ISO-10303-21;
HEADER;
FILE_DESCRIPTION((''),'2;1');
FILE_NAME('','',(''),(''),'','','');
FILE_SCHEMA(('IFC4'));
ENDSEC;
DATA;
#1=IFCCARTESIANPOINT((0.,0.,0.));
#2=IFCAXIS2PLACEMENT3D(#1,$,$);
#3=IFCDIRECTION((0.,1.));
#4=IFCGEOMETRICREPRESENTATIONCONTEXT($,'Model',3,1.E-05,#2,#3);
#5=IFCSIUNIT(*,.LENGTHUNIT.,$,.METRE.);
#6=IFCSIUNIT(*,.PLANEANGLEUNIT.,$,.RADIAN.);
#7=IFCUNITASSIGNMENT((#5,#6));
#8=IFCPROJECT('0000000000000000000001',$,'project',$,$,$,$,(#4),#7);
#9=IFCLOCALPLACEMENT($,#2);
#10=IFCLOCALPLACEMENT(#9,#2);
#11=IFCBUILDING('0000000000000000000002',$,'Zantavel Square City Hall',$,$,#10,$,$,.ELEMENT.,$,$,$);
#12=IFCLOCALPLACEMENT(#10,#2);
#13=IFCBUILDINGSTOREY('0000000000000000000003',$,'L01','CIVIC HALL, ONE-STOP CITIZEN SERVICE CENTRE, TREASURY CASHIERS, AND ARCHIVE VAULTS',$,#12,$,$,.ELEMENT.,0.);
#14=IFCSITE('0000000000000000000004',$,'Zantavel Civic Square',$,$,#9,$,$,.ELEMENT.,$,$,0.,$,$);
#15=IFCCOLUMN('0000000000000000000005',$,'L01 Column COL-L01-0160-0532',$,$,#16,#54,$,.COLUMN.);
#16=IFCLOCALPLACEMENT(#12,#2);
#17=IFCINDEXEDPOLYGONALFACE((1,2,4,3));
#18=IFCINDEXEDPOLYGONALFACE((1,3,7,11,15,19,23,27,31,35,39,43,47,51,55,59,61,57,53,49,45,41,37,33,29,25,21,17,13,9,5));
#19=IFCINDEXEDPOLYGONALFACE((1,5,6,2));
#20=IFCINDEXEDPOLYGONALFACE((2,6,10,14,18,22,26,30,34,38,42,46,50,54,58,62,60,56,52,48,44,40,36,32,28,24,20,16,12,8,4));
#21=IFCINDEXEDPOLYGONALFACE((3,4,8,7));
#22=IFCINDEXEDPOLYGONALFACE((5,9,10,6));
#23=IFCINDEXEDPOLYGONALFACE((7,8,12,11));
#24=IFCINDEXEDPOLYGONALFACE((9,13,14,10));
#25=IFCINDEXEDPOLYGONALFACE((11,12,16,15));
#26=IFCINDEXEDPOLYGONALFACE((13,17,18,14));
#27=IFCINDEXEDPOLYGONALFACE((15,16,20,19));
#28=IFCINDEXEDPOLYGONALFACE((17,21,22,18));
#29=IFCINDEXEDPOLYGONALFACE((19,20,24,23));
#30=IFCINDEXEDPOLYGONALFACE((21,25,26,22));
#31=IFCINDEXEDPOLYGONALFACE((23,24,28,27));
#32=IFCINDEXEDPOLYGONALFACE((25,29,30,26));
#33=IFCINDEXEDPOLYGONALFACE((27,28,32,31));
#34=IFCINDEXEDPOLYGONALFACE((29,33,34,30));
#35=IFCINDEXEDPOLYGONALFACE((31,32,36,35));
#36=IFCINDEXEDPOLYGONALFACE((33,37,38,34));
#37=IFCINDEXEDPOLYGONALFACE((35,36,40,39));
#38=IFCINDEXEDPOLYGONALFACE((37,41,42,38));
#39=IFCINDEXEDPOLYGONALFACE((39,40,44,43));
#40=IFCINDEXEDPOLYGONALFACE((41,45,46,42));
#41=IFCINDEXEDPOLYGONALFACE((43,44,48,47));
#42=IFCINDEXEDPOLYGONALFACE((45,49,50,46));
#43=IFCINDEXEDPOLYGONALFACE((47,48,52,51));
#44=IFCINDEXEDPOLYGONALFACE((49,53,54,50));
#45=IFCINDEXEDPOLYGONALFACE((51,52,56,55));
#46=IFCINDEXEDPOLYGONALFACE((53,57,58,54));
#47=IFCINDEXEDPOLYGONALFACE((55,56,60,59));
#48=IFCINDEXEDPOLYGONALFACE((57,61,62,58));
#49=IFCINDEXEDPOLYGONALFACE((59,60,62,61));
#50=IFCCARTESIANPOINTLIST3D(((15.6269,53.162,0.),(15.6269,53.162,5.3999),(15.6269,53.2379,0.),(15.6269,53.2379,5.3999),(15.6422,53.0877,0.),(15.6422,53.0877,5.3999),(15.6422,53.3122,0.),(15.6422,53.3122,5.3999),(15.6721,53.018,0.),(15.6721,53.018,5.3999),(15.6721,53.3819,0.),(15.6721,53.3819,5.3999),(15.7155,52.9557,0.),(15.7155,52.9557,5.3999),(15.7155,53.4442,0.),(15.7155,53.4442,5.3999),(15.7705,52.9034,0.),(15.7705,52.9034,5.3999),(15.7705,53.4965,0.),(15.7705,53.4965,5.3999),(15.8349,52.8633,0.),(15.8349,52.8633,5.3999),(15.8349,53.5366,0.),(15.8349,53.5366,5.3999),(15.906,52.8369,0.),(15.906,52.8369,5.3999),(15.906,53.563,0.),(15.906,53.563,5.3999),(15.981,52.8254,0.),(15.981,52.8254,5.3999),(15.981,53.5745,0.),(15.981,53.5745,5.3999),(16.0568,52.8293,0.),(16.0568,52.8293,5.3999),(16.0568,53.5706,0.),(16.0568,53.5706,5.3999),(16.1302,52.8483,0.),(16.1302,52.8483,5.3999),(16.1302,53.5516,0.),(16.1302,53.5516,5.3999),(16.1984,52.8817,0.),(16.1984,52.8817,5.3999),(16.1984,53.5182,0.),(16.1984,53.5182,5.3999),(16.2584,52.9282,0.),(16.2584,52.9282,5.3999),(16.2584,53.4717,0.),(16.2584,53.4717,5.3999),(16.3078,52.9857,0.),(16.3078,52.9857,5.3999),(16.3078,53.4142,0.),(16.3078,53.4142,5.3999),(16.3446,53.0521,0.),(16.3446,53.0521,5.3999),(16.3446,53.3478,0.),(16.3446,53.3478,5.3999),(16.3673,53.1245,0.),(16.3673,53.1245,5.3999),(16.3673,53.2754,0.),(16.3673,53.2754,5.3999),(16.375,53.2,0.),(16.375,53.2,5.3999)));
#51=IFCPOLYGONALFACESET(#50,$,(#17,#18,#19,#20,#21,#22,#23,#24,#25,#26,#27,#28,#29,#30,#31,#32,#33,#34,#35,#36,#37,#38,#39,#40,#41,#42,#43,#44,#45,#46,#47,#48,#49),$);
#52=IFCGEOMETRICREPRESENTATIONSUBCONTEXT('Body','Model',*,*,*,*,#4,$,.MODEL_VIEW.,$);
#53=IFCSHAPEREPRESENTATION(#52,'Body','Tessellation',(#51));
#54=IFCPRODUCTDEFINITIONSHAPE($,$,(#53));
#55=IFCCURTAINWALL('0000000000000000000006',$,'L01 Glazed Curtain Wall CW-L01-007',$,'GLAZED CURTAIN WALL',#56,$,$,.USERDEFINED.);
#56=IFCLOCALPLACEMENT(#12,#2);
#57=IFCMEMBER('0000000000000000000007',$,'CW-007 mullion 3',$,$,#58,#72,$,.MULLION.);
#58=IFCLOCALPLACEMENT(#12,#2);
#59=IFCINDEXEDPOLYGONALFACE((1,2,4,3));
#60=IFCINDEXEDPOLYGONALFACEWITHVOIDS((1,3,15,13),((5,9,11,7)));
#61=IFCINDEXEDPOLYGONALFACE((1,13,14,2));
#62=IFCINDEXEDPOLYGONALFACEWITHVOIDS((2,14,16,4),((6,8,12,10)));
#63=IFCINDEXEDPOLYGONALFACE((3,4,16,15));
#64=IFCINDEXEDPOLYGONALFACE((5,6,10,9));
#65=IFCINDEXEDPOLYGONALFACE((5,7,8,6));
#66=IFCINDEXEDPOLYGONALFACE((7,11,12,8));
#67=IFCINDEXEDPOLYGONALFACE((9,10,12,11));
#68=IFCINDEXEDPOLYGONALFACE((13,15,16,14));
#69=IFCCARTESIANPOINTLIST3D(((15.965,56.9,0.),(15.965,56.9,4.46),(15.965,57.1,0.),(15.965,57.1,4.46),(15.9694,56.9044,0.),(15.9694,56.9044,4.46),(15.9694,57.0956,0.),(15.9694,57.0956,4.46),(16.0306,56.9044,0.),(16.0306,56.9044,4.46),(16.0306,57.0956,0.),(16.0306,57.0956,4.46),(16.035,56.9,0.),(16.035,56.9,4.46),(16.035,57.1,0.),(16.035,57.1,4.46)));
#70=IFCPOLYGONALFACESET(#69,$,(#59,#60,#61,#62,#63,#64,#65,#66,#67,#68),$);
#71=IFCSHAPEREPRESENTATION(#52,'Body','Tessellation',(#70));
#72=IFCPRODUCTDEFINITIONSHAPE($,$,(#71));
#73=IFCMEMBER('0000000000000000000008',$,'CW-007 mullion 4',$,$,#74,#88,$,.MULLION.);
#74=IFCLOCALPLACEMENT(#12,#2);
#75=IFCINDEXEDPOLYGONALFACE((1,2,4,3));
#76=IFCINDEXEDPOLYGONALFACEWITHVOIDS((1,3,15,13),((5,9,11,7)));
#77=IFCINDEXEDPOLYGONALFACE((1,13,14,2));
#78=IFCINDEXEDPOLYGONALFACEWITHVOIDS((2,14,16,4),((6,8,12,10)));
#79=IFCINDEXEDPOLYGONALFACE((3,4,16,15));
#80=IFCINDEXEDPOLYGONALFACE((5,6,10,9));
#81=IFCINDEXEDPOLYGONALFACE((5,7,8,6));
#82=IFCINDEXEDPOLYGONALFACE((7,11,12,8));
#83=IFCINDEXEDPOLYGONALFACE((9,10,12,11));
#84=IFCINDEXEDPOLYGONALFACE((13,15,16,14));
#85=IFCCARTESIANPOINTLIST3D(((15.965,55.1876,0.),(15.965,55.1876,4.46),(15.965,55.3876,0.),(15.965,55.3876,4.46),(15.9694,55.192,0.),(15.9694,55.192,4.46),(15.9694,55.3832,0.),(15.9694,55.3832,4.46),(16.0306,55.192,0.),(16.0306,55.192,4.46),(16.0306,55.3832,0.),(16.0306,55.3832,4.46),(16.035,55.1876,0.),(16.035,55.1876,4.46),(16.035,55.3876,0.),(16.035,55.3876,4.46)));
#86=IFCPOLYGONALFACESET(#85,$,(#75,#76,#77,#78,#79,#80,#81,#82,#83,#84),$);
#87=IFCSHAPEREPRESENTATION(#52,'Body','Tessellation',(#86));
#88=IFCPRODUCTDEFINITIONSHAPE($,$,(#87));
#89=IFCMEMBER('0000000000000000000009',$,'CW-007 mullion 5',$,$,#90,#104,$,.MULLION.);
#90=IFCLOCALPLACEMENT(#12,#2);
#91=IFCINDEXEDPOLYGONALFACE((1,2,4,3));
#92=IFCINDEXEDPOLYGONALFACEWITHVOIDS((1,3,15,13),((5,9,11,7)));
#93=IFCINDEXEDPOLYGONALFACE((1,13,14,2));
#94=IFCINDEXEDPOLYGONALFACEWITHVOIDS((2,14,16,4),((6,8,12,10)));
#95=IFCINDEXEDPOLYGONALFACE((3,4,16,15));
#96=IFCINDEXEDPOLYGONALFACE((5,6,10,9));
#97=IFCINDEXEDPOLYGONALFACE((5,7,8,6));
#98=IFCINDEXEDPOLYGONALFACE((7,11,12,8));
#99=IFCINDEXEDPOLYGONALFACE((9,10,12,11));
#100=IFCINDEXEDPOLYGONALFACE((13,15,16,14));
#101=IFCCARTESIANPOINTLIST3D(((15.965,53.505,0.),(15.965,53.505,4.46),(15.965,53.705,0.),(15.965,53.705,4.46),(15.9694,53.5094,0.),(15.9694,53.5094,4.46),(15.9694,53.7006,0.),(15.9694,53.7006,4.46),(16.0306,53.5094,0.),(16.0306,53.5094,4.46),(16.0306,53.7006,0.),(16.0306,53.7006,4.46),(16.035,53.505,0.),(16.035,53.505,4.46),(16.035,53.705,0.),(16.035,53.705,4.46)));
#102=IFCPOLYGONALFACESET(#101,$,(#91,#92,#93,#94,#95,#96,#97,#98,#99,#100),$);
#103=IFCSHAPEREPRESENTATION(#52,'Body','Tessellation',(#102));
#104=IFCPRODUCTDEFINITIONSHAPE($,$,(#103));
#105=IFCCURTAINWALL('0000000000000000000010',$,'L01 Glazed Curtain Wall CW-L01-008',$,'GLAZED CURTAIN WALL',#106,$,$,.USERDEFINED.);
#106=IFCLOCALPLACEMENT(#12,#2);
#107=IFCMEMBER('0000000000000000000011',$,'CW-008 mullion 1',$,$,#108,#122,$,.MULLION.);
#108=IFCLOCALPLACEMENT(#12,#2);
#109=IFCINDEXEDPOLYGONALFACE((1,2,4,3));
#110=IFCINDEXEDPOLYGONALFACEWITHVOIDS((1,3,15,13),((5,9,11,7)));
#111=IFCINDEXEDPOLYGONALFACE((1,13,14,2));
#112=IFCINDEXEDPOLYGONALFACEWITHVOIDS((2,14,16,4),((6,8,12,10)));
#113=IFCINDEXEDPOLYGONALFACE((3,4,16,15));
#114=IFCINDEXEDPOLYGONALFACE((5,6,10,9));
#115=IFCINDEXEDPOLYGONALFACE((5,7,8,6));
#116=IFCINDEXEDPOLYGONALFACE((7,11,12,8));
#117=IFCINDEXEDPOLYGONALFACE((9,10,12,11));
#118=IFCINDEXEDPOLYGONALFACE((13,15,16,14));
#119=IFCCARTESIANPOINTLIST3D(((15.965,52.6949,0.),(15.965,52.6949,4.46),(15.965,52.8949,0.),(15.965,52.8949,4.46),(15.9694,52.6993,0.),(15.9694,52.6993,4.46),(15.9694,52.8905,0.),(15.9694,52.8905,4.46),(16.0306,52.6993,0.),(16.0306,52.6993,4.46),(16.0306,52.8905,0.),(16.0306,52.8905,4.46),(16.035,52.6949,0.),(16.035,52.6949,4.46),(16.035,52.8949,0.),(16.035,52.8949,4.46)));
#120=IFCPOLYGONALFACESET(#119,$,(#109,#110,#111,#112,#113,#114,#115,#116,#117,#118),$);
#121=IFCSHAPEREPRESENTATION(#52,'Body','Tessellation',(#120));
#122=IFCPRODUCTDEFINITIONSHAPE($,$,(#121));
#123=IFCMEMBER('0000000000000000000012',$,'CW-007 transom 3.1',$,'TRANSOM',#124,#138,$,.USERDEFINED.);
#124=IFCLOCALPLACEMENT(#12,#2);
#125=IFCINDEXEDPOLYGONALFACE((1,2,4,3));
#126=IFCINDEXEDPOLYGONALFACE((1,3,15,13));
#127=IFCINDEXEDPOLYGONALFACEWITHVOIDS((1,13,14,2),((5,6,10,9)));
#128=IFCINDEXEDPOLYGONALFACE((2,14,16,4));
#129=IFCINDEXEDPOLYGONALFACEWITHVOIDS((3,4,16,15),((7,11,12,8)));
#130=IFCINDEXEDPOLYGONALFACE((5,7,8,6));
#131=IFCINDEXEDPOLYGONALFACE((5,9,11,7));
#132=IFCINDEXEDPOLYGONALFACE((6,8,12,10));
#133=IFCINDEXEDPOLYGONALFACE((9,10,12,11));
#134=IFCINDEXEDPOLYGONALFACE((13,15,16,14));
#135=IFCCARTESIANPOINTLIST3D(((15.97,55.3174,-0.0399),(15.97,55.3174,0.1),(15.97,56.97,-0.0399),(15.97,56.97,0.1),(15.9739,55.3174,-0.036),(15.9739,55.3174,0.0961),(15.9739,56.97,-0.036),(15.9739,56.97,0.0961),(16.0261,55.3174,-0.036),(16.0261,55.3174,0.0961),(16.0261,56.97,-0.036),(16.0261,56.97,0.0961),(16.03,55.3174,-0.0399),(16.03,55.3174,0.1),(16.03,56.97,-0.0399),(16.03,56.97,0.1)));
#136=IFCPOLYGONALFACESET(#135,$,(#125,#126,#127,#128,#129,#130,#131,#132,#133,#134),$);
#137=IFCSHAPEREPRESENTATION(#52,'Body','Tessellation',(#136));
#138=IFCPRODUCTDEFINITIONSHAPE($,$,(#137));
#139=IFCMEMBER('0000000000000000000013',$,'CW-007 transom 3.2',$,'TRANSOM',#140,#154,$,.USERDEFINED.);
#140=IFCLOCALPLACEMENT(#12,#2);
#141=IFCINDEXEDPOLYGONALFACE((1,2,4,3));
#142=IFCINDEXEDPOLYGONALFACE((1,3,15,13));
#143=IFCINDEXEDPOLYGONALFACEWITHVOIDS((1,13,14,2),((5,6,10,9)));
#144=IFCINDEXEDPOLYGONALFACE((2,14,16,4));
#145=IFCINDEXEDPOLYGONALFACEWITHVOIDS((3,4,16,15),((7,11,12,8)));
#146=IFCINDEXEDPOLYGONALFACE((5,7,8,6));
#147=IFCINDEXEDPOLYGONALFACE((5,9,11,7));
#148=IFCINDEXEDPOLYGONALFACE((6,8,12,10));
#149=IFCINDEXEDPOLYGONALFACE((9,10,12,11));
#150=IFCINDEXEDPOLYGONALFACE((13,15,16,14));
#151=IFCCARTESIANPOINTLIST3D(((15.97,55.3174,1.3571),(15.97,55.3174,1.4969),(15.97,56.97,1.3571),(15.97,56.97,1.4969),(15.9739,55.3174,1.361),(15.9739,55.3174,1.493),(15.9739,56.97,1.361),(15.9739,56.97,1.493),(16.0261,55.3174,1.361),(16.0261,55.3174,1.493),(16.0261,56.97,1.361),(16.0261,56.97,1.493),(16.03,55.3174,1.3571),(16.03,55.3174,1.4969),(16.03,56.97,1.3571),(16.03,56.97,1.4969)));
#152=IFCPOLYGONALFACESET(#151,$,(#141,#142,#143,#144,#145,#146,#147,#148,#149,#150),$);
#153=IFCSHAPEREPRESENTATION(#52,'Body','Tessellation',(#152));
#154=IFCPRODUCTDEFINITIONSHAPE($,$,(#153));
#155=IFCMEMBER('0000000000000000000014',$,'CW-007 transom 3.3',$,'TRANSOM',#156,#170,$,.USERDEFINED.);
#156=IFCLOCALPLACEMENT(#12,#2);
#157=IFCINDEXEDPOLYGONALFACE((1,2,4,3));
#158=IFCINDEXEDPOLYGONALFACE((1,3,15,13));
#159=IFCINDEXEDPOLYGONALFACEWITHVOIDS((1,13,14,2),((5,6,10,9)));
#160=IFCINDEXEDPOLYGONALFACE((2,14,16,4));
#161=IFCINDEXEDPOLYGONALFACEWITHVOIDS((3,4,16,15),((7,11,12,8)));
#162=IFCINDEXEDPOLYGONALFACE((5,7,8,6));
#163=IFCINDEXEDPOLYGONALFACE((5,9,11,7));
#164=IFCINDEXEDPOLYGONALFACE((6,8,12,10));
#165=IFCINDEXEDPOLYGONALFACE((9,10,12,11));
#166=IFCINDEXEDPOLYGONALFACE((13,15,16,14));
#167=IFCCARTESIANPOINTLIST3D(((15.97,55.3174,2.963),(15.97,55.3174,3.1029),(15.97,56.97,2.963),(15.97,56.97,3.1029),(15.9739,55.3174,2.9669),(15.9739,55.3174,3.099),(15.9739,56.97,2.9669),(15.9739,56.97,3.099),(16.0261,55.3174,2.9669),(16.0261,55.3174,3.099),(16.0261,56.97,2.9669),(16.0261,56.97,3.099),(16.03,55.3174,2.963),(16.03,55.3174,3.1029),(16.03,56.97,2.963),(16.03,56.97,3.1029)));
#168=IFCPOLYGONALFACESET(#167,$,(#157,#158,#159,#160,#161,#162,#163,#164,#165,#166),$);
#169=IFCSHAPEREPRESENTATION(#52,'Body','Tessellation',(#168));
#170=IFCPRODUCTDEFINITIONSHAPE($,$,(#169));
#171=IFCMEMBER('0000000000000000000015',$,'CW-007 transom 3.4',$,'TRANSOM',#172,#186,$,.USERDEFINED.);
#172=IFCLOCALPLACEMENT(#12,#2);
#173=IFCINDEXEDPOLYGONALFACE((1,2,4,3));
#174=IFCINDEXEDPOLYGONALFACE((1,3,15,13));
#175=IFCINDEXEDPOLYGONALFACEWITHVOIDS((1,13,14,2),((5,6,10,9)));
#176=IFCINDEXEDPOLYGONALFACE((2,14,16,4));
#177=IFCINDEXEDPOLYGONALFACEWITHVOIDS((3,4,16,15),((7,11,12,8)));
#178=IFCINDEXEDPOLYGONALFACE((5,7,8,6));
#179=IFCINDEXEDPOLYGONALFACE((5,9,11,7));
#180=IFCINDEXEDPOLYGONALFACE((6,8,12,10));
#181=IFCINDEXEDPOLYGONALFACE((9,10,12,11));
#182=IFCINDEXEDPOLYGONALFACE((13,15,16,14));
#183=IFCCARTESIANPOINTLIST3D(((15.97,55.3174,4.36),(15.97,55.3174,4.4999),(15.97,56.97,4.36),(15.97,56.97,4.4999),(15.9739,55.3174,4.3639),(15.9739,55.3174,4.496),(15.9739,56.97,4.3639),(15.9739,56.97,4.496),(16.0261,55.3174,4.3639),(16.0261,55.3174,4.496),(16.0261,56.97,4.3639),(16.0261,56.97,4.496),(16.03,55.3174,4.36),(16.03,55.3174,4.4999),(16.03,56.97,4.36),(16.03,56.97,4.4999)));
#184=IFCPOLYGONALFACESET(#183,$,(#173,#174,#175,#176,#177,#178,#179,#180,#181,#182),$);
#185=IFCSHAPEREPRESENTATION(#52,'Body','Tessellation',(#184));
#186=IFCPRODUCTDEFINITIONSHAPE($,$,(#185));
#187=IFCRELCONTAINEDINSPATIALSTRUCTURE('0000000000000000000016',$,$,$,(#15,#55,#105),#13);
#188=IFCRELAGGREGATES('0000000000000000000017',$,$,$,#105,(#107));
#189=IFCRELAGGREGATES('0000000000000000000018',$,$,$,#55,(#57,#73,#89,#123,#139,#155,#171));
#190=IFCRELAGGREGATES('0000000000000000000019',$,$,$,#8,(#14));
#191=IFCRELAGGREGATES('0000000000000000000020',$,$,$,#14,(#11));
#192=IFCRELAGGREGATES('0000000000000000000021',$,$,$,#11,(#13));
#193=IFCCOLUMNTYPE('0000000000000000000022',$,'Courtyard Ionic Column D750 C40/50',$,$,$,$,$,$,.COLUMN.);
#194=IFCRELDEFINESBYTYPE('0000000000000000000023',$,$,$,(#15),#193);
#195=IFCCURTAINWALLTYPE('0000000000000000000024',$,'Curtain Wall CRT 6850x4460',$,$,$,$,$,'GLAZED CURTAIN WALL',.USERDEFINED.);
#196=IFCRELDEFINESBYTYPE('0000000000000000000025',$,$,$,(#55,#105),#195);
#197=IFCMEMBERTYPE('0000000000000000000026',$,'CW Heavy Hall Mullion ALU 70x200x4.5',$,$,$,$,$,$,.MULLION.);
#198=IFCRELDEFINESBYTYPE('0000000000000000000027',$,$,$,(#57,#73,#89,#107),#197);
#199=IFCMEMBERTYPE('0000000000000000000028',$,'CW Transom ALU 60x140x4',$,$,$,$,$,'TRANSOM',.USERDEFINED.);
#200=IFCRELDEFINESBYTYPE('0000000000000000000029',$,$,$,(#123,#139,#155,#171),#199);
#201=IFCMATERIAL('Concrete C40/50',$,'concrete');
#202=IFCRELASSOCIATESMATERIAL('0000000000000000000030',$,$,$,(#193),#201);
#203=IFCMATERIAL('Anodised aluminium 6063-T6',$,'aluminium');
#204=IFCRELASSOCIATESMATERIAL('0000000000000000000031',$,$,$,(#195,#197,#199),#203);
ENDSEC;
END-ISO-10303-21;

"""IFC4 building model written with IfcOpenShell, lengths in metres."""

from ifc_helpers import new_model, si_unit, direction, frame, origin, origin_2d, place, context, subcontext, project, spatial, hollow_rectangle, circle, extrude, material, material_profile, profile_set, type_object, element, aggregate, save


model = new_model("IFC4")

# Units and contexts
model_context = context("Model", 3, precision=1e-05, world=origin(), true_north=direction((0.0, 1.0)))
body_context = subcontext(model_context, "Body", "Model", "MODEL_VIEW")
ifc_project = project(units=[si_unit("LENGTHUNIT", "METRE"), si_unit("PLANEANGLEUNIT", "RADIAN")], contexts=[model_context])

# Site, building, storey
site_placement = place(None, origin())
site = spatial("IfcSite", under=ifc_project, at=site_placement, Name="Zantavel Civic Square", CompositionType="ELEMENT", RefElevation=0.0)
building_placement = place(site_placement, origin())
building = spatial("IfcBuilding", under=site, at=building_placement, Name="Zantavel Square City Hall", CompositionType="ELEMENT")
storey_placement = place(building_placement, origin())
storey = spatial("IfcBuildingStorey", under=building, at=storey_placement, Name="L01", Description="CIVIC HALL, ONE-STOP CITIZEN SERVICE CENTRE, TREASURY CASHIERS, AND ARCHIVE VAULTS", CompositionType="ELEMENT", Elevation=0.0)

# Column
ifc_material_1 = material(Name="Concrete C40/50", Category="concrete")
ifc_material_profile_1 = material_profile(ifc_material_1, circle(Radius=0.375, at=origin_2d()), Name="ROUND D750")
ifc_profile_set_1 = profile_set([ifc_material_profile_1], Name="Concrete C40/50")
column_type = type_object("IfcColumnType", Name="Courtyard Ionic Column D750 C40/50", PredefinedType="COLUMN", material=ifc_profile_set_1)
column_placement = place(storey_placement, frame((16.0, 53.2, 0.0), z_axis=(0.0, 0.0, 1.0), x_axis=(1.0, 0.0, 0.0)))
element("IfcColumn", 1, at=column_placement, inside=storey, type_object=column_type, Name="L01 Column COL-L01-0160-0532", PredefinedType="COLUMN", context=body_context, shape_type="SweptSolid", body=[
    extrude(circle(Radius=0.375, at=origin_2d()), origin(), (0.0, 0.0, 1.0), 5.3999),
])

# Curtain wall, members
ifc_material_2 = material(Name="Anodised aluminium 6063-T6", Category="aluminium")
curtain_wall_type = type_object("IfcCurtainWallType", Name="Curtain Wall CRT 6850x4460", ElementType="GLAZED CURTAIN WALL", PredefinedType="USERDEFINED", material=ifc_material_2)
curtain_wall_1_placement = place(storey_placement, origin())
curtain_wall_1 = element("IfcCurtainWall", 2, at=curtain_wall_1_placement, inside=storey, type_object=curtain_wall_type, Name="L01 Glazed Curtain Wall CW-L01-007", ObjectType="GLAZED CURTAIN WALL", PredefinedType="USERDEFINED")
ifc_material_profile_2 = material_profile(ifc_material_2, hollow_rectangle(XDim=0.0701, YDim=0.2, WallThickness=0.0044, at=origin_2d()), Name="ALU 70x200x4.5")
ifc_profile_set_2 = profile_set([ifc_material_profile_2], Name="Anodised aluminium 6063-T6")
member_type_1 = type_object("IfcMemberType", Name="CW Heavy Hall Mullion ALU 70x200x4.5", PredefinedType="MULLION", material=ifc_profile_set_2)
member_1_placement = place(storey_placement, frame((16.0, 57.0, 0.0), z_axis=(0.0, 0.0, 1.0), x_axis=(1.0, 0.0, 0.0)))
member_1 = element("IfcMember", 3, at=member_1_placement, type_object=member_type_1, Name="CW-007 mullion 3", PredefinedType="MULLION", context=body_context, shape_type="SweptSolid", body=[
    extrude(hollow_rectangle(XDim=0.0701, YDim=0.2, WallThickness=0.0044, at=origin_2d()), origin(), (0.0, 0.0, 1.0), 4.46),
])
member_2_placement = place(storey_placement, frame((16.0, 55.2876, 0.0), z_axis=(0.0, 0.0, 1.0), x_axis=(1.0, 0.0, 0.0)))
member_2 = element("IfcMember", 4, at=member_2_placement, type_object=member_type_1, Name="CW-007 mullion 4", PredefinedType="MULLION", context=body_context, shape_type="SweptSolid", body=[
    extrude(hollow_rectangle(XDim=0.0701, YDim=0.2, WallThickness=0.0044, at=origin_2d()), origin(), (0.0, 0.0, 1.0), 4.46),
])
member_3_placement = place(storey_placement, frame((16.0, 53.605, 0.0), z_axis=(0.0, 0.0, 1.0), x_axis=(1.0, 0.0, 0.0)))
member_3 = element("IfcMember", 5, at=member_3_placement, type_object=member_type_1, Name="CW-007 mullion 5", PredefinedType="MULLION", context=body_context, shape_type="SweptSolid", body=[
    extrude(hollow_rectangle(XDim=0.0701, YDim=0.2, WallThickness=0.0044, at=origin_2d()), origin(), (0.0, 0.0, 1.0), 4.46),
])

# Curtain wall, member
curtain_wall_2_placement = place(storey_placement, origin())
curtain_wall_2 = element("IfcCurtainWall", 6, at=curtain_wall_2_placement, inside=storey, type_object=curtain_wall_type, Name="L01 Glazed Curtain Wall CW-L01-008", ObjectType="GLAZED CURTAIN WALL", PredefinedType="USERDEFINED")
member_4_placement = place(storey_placement, frame((16.0, 52.7949, 0.0), z_axis=(0.0, 0.0, 1.0), x_axis=(1.0, 0.0, 0.0)))
member_4 = element("IfcMember", 7, at=member_4_placement, type_object=member_type_1, Name="CW-008 mullion 1", PredefinedType="MULLION", context=body_context, shape_type="SweptSolid", body=[
    extrude(hollow_rectangle(XDim=0.0701, YDim=0.2, WallThickness=0.0044, at=origin_2d()), origin(), (0.0, 0.0, 1.0), 4.46),
])
aggregate(curtain_wall_2, [member_4])

# Members
ifc_material_profile_3 = material_profile(ifc_material_2, hollow_rectangle(XDim=0.0601, YDim=0.1399, WallThickness=0.0039, at=origin_2d()), Name="ALU 60x140x4")
ifc_profile_set_3 = profile_set([ifc_material_profile_3], Name="Anodised aluminium 6063-T6")
member_type_2 = type_object("IfcMemberType", Name="CW Transom ALU 60x140x4", ElementType="TRANSOM", PredefinedType="USERDEFINED", material=ifc_profile_set_3)
member_5_placement = place(storey_placement, frame((16.0, 56.97, 0.03), z_axis=(0.0, -1.0, 0.0), x_axis=(1.0, 0.0, 0.0)))
member_5 = element("IfcMember", 8, at=member_5_placement, type_object=member_type_2, Name="CW-007 transom 3.1", ObjectType="TRANSOM", PredefinedType="USERDEFINED", context=body_context, shape_type="SweptSolid", body=[
    extrude(hollow_rectangle(XDim=0.0601, YDim=0.1399, WallThickness=0.0039, at=origin_2d()), origin(), (0.0, 0.0, 1.0), 1.6526),
])
member_6_placement = place(storey_placement, frame((16.0, 56.97, 1.427), z_axis=(0.0, -1.0, 0.0), x_axis=(1.0, 0.0, 0.0)))
member_6 = element("IfcMember", 9, at=member_6_placement, type_object=member_type_2, Name="CW-007 transom 3.2", ObjectType="TRANSOM", PredefinedType="USERDEFINED", context=body_context, shape_type="SweptSolid", body=[
    extrude(hollow_rectangle(XDim=0.0601, YDim=0.1399, WallThickness=0.0039, at=origin_2d()), origin(), (0.0, 0.0, 1.0), 1.6526),
])
member_7_placement = place(storey_placement, frame((16.0, 56.97, 3.033), z_axis=(0.0, -1.0, 0.0), x_axis=(1.0, 0.0, 0.0)))
member_7 = element("IfcMember", 10, at=member_7_placement, type_object=member_type_2, Name="CW-007 transom 3.3", ObjectType="TRANSOM", PredefinedType="USERDEFINED", context=body_context, shape_type="SweptSolid", body=[
    extrude(hollow_rectangle(XDim=0.0601, YDim=0.1399, WallThickness=0.0039, at=origin_2d()), origin(), (0.0, 0.0, 1.0), 1.6526),
])
member_8_placement = place(storey_placement, frame((16.0, 56.97, 4.4299), z_axis=(0.0, -1.0, 0.0), x_axis=(1.0, 0.0, 0.0)))
member_8 = element("IfcMember", 11, at=member_8_placement, type_object=member_type_2, Name="CW-007 transom 3.4", ObjectType="TRANSOM", PredefinedType="USERDEFINED", context=body_context, shape_type="SweptSolid", body=[
    extrude(hollow_rectangle(XDim=0.0601, YDim=0.1399, WallThickness=0.0039, at=origin_2d()), origin(), (0.0, 0.0, 1.0), 1.6526),
])

aggregate(curtain_wall_1, [member_1, member_2, member_3, member_5, member_6, member_7, member_8])

save(model, "model.ifc")
